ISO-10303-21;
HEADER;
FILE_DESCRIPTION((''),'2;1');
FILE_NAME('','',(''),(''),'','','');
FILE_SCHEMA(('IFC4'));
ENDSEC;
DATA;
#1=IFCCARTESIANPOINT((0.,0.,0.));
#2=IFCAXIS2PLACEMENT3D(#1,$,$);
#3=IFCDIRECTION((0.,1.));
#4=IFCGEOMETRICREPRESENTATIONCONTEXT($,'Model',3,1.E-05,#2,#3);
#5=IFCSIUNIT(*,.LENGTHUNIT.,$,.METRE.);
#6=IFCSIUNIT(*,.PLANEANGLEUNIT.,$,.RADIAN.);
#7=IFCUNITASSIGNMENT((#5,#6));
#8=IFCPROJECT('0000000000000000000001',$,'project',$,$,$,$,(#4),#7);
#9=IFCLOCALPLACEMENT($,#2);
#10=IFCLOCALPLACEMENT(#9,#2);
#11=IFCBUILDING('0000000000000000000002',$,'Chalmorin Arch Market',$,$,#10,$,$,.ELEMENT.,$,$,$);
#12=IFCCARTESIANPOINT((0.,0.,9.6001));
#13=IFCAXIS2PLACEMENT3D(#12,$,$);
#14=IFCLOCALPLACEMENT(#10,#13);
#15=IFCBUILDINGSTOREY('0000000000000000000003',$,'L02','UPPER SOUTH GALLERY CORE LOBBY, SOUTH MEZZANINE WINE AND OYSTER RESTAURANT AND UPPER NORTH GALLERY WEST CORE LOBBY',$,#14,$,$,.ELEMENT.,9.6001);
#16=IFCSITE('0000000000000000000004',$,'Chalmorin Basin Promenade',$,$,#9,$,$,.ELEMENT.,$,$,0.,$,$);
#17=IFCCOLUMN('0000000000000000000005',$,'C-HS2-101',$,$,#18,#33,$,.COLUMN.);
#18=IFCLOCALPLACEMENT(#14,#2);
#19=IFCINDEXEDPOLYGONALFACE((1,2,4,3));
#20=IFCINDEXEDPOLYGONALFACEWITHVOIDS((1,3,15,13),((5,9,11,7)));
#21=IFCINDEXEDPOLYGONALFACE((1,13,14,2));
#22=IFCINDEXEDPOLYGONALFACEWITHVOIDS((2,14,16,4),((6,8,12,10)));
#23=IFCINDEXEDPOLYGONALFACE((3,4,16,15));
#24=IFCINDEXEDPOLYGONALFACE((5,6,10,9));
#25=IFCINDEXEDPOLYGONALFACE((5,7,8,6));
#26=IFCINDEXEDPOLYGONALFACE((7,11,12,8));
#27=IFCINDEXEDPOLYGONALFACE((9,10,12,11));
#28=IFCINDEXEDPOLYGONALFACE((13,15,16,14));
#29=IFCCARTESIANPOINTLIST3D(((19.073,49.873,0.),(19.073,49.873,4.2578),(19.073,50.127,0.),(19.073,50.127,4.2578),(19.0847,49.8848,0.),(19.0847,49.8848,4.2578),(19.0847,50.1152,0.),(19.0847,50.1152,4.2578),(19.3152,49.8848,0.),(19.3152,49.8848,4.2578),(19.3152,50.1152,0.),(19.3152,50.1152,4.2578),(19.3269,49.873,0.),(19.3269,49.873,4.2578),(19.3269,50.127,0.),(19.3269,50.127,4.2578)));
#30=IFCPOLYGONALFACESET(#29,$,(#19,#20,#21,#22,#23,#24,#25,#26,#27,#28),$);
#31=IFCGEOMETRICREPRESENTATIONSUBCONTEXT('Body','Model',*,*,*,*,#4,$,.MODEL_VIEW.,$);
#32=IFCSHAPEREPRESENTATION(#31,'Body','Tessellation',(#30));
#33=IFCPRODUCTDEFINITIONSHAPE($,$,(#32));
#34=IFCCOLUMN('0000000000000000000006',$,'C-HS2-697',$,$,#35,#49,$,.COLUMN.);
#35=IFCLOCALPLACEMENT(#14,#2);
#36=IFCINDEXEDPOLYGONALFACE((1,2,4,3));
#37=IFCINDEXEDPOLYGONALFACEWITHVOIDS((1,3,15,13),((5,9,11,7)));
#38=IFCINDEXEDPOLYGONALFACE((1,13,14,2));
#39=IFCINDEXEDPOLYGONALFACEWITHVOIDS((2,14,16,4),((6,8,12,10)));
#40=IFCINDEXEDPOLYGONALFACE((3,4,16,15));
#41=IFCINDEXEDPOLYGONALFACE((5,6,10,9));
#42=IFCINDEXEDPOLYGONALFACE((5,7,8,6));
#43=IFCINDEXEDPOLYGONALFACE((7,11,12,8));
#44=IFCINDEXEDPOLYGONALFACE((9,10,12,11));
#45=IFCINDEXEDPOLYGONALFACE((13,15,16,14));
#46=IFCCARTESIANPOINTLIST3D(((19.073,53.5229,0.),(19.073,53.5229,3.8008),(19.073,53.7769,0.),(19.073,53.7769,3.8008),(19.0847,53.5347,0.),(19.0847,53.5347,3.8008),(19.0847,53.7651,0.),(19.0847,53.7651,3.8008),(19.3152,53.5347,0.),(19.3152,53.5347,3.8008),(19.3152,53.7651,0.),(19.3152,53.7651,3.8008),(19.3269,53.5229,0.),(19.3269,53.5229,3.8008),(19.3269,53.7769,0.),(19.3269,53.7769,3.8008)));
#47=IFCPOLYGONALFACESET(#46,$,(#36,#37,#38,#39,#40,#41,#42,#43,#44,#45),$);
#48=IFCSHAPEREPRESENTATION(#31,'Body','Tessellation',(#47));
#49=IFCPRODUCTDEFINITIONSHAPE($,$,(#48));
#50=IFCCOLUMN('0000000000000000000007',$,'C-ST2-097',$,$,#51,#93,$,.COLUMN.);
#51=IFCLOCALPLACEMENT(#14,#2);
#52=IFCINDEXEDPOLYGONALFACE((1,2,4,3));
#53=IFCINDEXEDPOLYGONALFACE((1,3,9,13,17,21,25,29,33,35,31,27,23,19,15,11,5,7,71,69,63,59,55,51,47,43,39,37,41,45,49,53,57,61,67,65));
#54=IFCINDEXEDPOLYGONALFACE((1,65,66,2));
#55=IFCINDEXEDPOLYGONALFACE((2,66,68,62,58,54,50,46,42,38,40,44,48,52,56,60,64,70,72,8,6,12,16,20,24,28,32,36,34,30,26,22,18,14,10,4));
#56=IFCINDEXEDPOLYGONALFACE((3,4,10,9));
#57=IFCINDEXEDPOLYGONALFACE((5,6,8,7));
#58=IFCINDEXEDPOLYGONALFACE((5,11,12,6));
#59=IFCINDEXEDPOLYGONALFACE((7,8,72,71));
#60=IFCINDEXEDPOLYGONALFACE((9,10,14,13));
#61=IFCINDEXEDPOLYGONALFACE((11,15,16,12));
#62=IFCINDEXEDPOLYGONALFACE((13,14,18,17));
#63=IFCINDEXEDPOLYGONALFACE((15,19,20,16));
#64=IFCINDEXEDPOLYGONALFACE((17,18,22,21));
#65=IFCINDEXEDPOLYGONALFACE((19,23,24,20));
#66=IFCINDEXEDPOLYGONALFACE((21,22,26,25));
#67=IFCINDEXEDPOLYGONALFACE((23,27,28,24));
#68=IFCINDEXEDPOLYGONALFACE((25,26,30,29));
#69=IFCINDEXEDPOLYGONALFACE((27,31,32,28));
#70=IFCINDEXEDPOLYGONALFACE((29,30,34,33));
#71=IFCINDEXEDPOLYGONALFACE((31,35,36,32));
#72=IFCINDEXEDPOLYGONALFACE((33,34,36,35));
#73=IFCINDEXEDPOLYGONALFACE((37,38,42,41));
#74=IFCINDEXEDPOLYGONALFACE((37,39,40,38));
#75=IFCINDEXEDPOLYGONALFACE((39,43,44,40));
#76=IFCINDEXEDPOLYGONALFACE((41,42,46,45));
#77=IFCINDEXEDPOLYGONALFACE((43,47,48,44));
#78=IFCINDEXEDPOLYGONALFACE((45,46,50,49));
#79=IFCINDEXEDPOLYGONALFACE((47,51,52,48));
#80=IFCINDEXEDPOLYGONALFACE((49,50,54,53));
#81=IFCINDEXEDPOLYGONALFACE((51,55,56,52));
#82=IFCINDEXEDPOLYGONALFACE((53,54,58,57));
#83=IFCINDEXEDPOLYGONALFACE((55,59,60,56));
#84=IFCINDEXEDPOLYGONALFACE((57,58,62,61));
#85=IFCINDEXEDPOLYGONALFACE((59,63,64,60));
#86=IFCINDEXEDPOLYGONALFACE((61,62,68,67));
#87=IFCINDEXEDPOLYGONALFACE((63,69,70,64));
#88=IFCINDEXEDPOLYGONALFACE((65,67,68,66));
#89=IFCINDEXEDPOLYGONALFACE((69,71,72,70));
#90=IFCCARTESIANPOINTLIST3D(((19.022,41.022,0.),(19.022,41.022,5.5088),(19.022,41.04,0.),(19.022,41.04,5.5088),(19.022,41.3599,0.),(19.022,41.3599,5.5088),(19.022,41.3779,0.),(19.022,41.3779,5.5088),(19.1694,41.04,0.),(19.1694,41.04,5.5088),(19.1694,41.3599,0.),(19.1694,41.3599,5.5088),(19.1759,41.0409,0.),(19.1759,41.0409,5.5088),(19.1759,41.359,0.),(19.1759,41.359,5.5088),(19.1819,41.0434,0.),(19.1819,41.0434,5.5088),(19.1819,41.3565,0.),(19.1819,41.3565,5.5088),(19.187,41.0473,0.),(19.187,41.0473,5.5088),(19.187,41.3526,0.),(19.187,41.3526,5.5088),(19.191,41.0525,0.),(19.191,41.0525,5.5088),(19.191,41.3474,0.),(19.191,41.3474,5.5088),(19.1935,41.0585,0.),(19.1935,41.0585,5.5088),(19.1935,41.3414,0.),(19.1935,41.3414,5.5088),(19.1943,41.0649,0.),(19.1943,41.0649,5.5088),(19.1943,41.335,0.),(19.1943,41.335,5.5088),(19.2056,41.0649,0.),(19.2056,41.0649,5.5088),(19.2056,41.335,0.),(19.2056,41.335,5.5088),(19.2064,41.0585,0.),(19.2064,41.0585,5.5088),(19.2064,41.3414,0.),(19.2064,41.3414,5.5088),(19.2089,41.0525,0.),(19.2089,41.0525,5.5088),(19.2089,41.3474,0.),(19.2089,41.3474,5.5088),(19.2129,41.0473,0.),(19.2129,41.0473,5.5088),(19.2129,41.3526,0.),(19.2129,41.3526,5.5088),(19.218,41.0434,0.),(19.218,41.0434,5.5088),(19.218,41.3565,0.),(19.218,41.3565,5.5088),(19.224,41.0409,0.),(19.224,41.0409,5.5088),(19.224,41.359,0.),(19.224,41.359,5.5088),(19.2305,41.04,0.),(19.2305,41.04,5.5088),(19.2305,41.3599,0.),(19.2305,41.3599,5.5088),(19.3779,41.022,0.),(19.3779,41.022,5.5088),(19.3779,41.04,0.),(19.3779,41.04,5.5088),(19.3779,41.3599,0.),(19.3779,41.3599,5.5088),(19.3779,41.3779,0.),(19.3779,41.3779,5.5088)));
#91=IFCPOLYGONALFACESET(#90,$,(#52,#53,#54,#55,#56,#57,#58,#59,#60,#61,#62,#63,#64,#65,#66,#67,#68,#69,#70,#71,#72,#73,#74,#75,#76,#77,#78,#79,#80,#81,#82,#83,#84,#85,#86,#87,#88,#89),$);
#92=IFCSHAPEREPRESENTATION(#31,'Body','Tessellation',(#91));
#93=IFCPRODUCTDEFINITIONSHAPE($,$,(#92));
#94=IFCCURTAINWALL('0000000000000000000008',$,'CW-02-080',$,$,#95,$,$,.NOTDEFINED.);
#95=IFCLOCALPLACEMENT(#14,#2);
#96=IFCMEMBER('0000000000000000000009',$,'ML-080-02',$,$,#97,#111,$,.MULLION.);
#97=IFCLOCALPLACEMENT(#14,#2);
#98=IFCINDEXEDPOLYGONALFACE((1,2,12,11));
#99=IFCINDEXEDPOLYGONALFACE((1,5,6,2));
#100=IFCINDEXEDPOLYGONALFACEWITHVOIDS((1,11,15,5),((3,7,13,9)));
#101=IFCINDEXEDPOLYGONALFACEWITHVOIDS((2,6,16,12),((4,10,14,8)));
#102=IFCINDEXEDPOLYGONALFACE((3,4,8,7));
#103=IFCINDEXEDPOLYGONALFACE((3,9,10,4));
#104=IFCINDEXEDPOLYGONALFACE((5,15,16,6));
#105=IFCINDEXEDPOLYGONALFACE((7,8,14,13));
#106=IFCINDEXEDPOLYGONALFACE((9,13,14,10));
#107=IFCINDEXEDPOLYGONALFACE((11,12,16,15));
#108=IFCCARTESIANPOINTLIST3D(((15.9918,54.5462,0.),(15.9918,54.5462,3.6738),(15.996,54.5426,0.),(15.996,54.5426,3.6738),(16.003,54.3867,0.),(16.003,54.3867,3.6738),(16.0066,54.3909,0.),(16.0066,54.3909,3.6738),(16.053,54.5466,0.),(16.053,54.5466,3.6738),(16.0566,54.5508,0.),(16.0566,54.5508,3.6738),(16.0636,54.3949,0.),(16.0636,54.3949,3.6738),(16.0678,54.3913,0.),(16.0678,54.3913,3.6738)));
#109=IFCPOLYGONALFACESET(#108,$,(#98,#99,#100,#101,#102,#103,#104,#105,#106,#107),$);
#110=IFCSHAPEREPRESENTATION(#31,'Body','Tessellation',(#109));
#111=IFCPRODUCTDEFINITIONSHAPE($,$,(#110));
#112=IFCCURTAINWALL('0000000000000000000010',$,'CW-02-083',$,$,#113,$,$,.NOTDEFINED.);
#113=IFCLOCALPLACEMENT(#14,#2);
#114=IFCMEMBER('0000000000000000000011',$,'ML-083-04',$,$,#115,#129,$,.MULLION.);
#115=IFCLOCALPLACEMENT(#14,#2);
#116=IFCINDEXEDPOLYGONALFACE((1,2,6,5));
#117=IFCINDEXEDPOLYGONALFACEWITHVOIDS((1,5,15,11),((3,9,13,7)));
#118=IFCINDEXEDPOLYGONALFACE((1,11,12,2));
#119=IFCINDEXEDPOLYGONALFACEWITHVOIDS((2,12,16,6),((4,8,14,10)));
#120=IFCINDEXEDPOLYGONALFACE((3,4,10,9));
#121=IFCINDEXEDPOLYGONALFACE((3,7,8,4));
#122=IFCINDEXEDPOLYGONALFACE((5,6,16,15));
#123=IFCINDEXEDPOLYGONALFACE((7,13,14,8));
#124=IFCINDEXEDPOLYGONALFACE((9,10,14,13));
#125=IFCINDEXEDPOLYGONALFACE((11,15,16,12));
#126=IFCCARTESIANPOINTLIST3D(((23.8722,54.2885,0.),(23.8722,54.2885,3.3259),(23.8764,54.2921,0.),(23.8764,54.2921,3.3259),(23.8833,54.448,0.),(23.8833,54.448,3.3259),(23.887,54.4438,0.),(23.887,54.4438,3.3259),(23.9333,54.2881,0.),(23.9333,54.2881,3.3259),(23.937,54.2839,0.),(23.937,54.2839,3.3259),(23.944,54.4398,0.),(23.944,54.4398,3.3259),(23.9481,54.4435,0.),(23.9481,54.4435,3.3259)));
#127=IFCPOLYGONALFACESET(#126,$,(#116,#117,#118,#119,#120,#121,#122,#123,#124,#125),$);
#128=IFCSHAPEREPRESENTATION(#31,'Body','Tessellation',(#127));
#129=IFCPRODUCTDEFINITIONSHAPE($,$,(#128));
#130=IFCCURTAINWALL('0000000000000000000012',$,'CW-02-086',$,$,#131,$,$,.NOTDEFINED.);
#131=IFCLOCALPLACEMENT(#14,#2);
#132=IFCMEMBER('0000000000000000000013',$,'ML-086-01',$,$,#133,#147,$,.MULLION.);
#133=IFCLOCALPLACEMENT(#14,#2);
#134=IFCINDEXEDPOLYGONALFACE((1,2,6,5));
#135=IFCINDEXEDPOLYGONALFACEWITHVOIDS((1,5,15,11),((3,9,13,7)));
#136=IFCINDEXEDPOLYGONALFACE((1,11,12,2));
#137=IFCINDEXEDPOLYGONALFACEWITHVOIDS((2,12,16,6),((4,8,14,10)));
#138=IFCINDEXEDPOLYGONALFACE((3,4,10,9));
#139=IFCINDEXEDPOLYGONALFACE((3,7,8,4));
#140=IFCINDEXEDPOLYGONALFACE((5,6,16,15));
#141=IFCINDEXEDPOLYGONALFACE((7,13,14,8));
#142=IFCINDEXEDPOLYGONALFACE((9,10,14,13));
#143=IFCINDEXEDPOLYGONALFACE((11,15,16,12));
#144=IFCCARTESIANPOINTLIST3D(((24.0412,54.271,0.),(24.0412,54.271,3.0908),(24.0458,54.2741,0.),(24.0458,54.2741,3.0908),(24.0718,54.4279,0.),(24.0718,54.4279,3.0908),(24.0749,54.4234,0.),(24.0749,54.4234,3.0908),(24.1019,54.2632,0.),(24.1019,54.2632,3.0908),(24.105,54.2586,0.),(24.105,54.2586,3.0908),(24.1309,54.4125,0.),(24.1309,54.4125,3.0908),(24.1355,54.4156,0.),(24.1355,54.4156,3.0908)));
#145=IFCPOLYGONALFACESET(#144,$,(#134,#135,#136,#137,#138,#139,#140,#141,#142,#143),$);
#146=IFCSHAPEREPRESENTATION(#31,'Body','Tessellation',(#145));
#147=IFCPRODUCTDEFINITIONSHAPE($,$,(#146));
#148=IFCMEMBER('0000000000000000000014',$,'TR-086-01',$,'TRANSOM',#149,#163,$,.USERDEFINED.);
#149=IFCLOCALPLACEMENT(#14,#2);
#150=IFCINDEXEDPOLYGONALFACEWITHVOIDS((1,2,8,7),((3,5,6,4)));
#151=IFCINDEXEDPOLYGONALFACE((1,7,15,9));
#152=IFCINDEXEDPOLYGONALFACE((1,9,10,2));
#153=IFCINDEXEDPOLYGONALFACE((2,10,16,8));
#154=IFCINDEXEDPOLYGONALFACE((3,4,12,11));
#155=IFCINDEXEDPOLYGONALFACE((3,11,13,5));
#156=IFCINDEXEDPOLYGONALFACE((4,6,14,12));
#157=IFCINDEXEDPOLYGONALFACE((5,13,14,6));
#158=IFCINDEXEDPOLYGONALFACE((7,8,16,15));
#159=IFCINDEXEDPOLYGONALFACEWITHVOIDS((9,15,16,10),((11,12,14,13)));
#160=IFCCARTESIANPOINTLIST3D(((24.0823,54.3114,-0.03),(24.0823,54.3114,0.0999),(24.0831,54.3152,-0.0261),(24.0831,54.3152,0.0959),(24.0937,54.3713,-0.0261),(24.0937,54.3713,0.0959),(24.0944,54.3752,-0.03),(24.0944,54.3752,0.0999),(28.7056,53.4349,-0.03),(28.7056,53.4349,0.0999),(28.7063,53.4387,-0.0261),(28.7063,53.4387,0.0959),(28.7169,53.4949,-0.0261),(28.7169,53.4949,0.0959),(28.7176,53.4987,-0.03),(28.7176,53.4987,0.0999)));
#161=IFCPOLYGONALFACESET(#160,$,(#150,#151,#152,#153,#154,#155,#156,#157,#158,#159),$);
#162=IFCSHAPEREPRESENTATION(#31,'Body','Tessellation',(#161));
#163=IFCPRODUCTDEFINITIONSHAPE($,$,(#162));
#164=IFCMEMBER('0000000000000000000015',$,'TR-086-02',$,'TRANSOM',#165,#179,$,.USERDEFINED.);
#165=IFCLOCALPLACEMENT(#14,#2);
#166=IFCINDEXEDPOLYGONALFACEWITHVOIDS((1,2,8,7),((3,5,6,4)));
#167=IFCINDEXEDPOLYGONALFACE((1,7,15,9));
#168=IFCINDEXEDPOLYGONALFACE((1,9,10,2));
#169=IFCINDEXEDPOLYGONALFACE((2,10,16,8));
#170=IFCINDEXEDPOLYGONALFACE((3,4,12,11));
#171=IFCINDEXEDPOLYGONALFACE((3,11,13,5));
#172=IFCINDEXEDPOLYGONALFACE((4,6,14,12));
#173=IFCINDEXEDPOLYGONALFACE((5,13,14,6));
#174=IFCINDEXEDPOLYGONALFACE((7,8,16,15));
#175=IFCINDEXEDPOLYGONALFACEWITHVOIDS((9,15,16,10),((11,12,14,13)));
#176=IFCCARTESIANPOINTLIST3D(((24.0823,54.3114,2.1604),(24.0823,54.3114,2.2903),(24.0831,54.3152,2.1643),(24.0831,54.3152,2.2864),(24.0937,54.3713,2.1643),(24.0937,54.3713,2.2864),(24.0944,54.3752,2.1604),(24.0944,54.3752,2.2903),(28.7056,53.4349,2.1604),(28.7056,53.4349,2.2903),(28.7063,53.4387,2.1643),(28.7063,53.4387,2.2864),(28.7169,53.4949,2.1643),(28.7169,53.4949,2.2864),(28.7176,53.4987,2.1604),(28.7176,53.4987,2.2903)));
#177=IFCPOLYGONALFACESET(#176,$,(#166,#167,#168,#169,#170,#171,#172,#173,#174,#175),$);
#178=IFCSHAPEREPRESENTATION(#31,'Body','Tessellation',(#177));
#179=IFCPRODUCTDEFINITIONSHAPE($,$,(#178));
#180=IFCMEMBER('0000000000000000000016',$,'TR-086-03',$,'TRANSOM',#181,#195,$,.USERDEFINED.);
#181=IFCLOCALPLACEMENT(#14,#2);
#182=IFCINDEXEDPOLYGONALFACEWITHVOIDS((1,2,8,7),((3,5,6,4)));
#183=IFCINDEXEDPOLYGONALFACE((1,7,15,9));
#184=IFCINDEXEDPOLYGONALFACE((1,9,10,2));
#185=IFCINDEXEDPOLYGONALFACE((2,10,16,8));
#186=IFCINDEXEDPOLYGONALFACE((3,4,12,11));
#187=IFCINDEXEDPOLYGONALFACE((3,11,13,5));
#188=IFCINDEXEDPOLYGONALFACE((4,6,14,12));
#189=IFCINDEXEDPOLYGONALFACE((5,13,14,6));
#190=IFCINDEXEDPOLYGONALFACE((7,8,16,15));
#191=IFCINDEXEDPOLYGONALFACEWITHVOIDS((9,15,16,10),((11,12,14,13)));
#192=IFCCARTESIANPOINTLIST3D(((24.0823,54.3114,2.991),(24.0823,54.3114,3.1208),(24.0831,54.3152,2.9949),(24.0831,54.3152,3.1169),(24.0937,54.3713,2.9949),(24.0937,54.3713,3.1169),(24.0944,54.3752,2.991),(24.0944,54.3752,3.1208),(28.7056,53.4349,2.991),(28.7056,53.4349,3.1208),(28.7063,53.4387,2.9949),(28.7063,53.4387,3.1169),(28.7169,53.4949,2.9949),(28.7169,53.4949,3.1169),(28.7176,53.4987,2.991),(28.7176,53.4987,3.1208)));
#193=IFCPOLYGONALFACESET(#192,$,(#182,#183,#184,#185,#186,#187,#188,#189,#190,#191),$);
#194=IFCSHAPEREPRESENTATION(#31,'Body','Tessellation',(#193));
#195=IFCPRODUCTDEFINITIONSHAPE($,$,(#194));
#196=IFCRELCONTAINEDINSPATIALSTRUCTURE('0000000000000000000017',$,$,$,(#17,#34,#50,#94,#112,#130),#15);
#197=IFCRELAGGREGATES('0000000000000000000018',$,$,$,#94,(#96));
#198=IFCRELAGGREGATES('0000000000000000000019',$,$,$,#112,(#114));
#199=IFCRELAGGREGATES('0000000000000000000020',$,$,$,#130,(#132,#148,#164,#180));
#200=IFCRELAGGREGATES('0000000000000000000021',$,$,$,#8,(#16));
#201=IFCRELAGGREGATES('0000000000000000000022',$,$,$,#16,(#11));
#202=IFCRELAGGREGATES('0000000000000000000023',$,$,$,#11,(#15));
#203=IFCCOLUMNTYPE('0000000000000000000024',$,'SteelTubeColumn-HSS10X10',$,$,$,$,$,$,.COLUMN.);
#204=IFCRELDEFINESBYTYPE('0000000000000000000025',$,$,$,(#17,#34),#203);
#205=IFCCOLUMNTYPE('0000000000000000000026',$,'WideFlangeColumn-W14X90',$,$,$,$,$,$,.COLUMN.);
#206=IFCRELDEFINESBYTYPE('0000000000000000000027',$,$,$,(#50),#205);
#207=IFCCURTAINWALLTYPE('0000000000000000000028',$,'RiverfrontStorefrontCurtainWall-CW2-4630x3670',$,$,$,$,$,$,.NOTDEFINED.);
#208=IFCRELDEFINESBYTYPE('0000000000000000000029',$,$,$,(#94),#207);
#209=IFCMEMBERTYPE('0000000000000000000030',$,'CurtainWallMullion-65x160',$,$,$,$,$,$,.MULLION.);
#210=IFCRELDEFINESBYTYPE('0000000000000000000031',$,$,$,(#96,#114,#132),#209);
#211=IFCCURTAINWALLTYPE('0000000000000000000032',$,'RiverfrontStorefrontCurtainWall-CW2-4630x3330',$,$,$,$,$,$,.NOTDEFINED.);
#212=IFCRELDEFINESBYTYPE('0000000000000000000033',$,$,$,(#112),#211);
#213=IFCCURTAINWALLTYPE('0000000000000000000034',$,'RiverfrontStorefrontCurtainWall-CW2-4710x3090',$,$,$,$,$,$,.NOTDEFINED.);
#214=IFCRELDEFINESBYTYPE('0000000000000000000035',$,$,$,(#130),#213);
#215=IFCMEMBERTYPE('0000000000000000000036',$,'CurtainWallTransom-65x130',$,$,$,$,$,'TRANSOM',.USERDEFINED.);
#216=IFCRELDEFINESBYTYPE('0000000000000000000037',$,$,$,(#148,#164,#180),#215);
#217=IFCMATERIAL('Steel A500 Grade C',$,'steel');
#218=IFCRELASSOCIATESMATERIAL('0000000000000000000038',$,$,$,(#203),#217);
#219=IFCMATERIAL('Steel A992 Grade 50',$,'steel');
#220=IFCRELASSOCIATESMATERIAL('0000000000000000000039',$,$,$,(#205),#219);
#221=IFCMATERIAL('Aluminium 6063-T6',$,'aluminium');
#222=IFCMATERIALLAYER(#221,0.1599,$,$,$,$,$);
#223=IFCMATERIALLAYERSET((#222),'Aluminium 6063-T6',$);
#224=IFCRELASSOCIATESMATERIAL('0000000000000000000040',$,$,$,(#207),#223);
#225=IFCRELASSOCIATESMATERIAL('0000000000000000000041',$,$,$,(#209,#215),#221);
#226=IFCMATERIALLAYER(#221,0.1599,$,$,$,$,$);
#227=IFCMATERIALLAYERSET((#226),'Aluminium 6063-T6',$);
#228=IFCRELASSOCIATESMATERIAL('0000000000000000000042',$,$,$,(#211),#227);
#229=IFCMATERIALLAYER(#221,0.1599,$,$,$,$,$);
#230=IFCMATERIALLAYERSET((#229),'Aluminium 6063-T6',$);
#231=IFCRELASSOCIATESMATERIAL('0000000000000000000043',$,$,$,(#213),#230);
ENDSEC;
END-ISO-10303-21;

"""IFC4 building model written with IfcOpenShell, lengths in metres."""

from ifc_helpers import new_model, si_unit, direction, frame, origin, origin_2d, place, context, subcontext, project, spatial, hollow_rectangle, i_section, extrude, material, layer, layer_set, material_profile, profile_set, type_object, element, aggregate, save


model = new_model("IFC4")

# Units and contexts
model_context = context("Model", 3, precision=1e-05, world=origin(), true_north=direction((0.0, 1.0)))
body_context = subcontext(model_context, "Body", "Model", "MODEL_VIEW")
ifc_project = project(units=[si_unit("LENGTHUNIT", "METRE"), si_unit("PLANEANGLEUNIT", "RADIAN")], contexts=[model_context])

# Site, building, storey
site_placement = place(None, origin())
site = spatial("IfcSite", under=ifc_project, at=site_placement, Name="Chalmorin Basin Promenade", CompositionType="ELEMENT", RefElevation=0.0)
building_placement = place(site_placement, origin())
building = spatial("IfcBuilding", under=site, at=building_placement, Name="Chalmorin Arch Market", CompositionType="ELEMENT")
storey_placement = place(building_placement, frame((0.0, 0.0, 9.6001)))
storey = spatial("IfcBuildingStorey", under=building, at=storey_placement, Name="L02", Description="UPPER SOUTH GALLERY CORE LOBBY, SOUTH MEZZANINE WINE AND OYSTER RESTAURANT AND UPPER NORTH GALLERY WEST CORE LOBBY", CompositionType="ELEMENT", Elevation=9.6001)

# Columns
ifc_material_1 = material(Name="Steel A500 Grade C", Category="steel")
ifc_material_profile_1 = material_profile(ifc_material_1, hollow_rectangle(XDim=0.2539, YDim=0.2539, WallThickness=0.0117, at=origin_2d()), Name="HSS10X10X1/2")
ifc_profile_set_1 = profile_set([ifc_material_profile_1], Name="Steel A500 Grade C")
column_type_1 = type_object("IfcColumnType", Name="SteelTubeColumn-HSS10X10", PredefinedType="COLUMN", material=ifc_profile_set_1)
column_1_placement = place(storey_placement, frame((19.2, 50.0, 0.0), z_axis=(0.0, 0.0, 1.0), x_axis=(1.0, 0.0, 0.0)))
element("IfcColumn", 1, at=column_1_placement, inside=storey, type_object=column_type_1, Name="C-HS2-101", PredefinedType="COLUMN", context=body_context, shape_type="SweptSolid", body=[
    extrude(hollow_rectangle(XDim=0.2539, YDim=0.2539, WallThickness=0.0117, at=origin_2d()), origin(), (0.0, 0.0, 1.0), 4.2578),
])
column_2_placement = place(storey_placement, frame((19.2, 53.6499, 0.0), z_axis=(0.0, 0.0, 1.0), x_axis=(1.0, 0.0, 0.0)))
element("IfcColumn", 2, at=column_2_placement, inside=storey, type_object=column_type_1, Name="C-HS2-697", PredefinedType="COLUMN", context=body_context, shape_type="SweptSolid", body=[
    extrude(hollow_rectangle(XDim=0.2539, YDim=0.2539, WallThickness=0.0117, at=origin_2d()), origin(), (0.0, 0.0, 1.0), 3.8008),
])
ifc_material_2 = material(Name="Steel A992 Grade 50", Category="steel")
ifc_material_profile_2 = material_profile(ifc_material_2, i_section(OverallWidth=0.356, OverallDepth=0.356, WebThickness=0.0112, FlangeThickness=0.0181, FilletRadius=0.0249, at=origin_2d()), Name="W14X90")
ifc_profile_set_2 = profile_set([ifc_material_profile_2], Name="Steel A992 Grade 50")
column_type_2 = type_object("IfcColumnType", Name="WideFlangeColumn-W14X90", PredefinedType="COLUMN", material=ifc_profile_set_2)
column_3_placement = place(storey_placement, frame((19.2, 41.2, 0.0), z_axis=(0.0, 0.0, 1.0), x_axis=(1.0, 0.0, 0.0)))
element("IfcColumn", 3, at=column_3_placement, inside=storey, type_object=column_type_2, Name="C-ST2-097", PredefinedType="COLUMN", context=body_context, shape_type="SweptSolid", body=[
    extrude(i_section(OverallWidth=0.356, OverallDepth=0.356, WebThickness=0.0112, FlangeThickness=0.0181, FilletRadius=0.0249, at=origin_2d()), origin(), (0.0, 0.0, 1.0), 5.5088),
])

# Curtain walls, members
ifc_material_3 = material(Name="Aluminium 6063-T6", Category="aluminium")
ifc_layer_1 = layer(ifc_material_3, 0.1599)
ifc_layer_set_1 = layer_set([ifc_layer_1], Name="Aluminium 6063-T6")
curtain_wall_type_1 = type_object("IfcCurtainWallType", Name="RiverfrontStorefrontCurtainWall-CW2-4630x3670", PredefinedType="NOTDEFINED", material=ifc_layer_set_1)
curtain_wall_1_placement = place(storey_placement, origin())
curtain_wall_1 = element("IfcCurtainWall", 4, at=curtain_wall_1_placement, inside=storey, type_object=curtain_wall_type_1, Name="CW-02-080", PredefinedType="NOTDEFINED")
ifc_material_profile_3 = material_profile(ifc_material_3, hollow_rectangle(XDim=0.0649, YDim=0.1599, WallThickness=0.0039, at=origin_2d()), Name="ALU65X160X4")
ifc_profile_set_3 = profile_set([ifc_material_profile_3], Name="Aluminium 6063-T6")
member_type_1 = type_object("IfcMemberType", Name="CurtainWallMullion-65x160", PredefinedType="MULLION", material=ifc_profile_set_3)
member_1_placement = place(storey_placement, frame((16.0298, 54.4688, 0.0), z_axis=(0.0, 0.0, 1.0), x_axis=(0.997564, 0.069756, 0.0)))
member_1 = element("IfcMember", 5, at=member_1_placement, type_object=member_type_1, Name="ML-080-02", PredefinedType="MULLION", context=body_context, shape_type="SweptSolid", body=[
    extrude(hollow_rectangle(XDim=0.0649, YDim=0.1599, WallThickness=0.0039, at=origin_2d()), origin(), (0.0, 0.0, 1.0), 3.6738),
])
ifc_layer_2 = layer(ifc_material_3, 0.1599)
ifc_layer_set_2 = layer_set([ifc_layer_2], Name="Aluminium 6063-T6")
curtain_wall_type_2 = type_object("IfcCurtainWallType", Name="RiverfrontStorefrontCurtainWall-CW2-4630x3330", PredefinedType="NOTDEFINED", material=ifc_layer_set_2)
curtain_wall_2_placement = place(storey_placement, origin())
curtain_wall_2 = element("IfcCurtainWall", 6, at=curtain_wall_2_placement, inside=storey, type_object=curtain_wall_type_2, Name="CW-02-083", PredefinedType="NOTDEFINED")
member_2_placement = place(storey_placement, frame((23.9102, 54.366, 0.0), z_axis=(0.0, 0.0, 1.0), x_axis=(0.997564, -0.069756, 0.0)))
member_2 = element("IfcMember", 7, at=member_2_placement, type_object=member_type_1, Name="ML-083-04", PredefinedType="MULLION", context=body_context, shape_type="SweptSolid", body=[
    extrude(hollow_rectangle(XDim=0.0649, YDim=0.1599, WallThickness=0.0039, at=origin_2d()), origin(), (0.0, 0.0, 1.0), 3.3259),
])

# Curtain wall, members
ifc_layer_3 = layer(ifc_material_3, 0.1599)
ifc_layer_set_3 = layer_set([ifc_layer_3], Name="Aluminium 6063-T6")
curtain_wall_type_3 = type_object("IfcCurtainWallType", Name="RiverfrontStorefrontCurtainWall-CW2-4710x3090", PredefinedType="NOTDEFINED", material=ifc_layer_set_3)
curtain_wall_3_placement = place(storey_placement, origin())
curtain_wall_3 = element("IfcCurtainWall", 8, at=curtain_wall_3_placement, inside=storey, type_object=curtain_wall_type_3, Name="CW-02-086", PredefinedType="NOTDEFINED")
member_3_placement = place(storey_placement, frame((24.0884, 54.3433, 0.0), z_axis=(0.0, 0.0, 1.0), x_axis=(0.981627, -0.190809, 0.0)))
member_3 = element("IfcMember", 9, at=member_3_placement, type_object=member_type_1, Name="ML-086-01", PredefinedType="MULLION", context=body_context, shape_type="SweptSolid", body=[
    extrude(hollow_rectangle(XDim=0.0649, YDim=0.1599, WallThickness=0.0039, at=origin_2d()), origin(), (0.0, 0.0, 1.0), 3.0908),
])
ifc_material_profile_4 = material_profile(ifc_material_3, hollow_rectangle(XDim=0.0649, YDim=0.1299, WallThickness=0.0039, at=origin_2d()), Name="ALU65X130X4")
ifc_profile_set_4 = profile_set([ifc_material_profile_4], Name="Aluminium 6063-T6")
member_type_2 = type_object("IfcMemberType", Name="CurtainWallTransom-65x130", ElementType="TRANSOM", PredefinedType="USERDEFINED", material=ifc_profile_set_4)
member_4_placement = place(storey_placement, frame((24.0884, 54.3433, 0.0349), z_axis=(0.982501, -0.186259, 0.0), x_axis=(0.186259, 0.982501, 0.0)))
member_4 = element("IfcMember", 10, at=member_4_placement, type_object=member_type_2, Name="TR-086-01", ObjectType="TRANSOM", PredefinedType="USERDEFINED", context=body_context, shape_type="SweptSolid", body=[
    extrude(hollow_rectangle(XDim=0.0649, YDim=0.1299, WallThickness=0.0039, at=origin_2d()), origin(), (0.0, 0.0, 1.0), 4.7056),
])
member_5_placement = place(storey_placement, frame((24.0884, 54.3433, 2.2253), z_axis=(0.982501, -0.186259, 0.0), x_axis=(0.186259, 0.982501, 0.0)))
member_5 = element("IfcMember", 11, at=member_5_placement, type_object=member_type_2, Name="TR-086-02", ObjectType="TRANSOM", PredefinedType="USERDEFINED", context=body_context, shape_type="SweptSolid", body=[
    extrude(hollow_rectangle(XDim=0.0649, YDim=0.1299, WallThickness=0.0039, at=origin_2d()), origin(), (0.0, 0.0, 1.0), 4.7056),
])
member_6_placement = place(storey_placement, frame((24.0884, 54.3433, 3.0559), z_axis=(0.982501, -0.186259, 0.0), x_axis=(0.186259, 0.982501, 0.0)))
member_6 = element("IfcMember", 12, at=member_6_placement, type_object=member_type_2, Name="TR-086-03", ObjectType="TRANSOM", PredefinedType="USERDEFINED", context=body_context, shape_type="SweptSolid", body=[
    extrude(hollow_rectangle(XDim=0.0649, YDim=0.1299, WallThickness=0.0039, at=origin_2d()), origin(), (0.0, 0.0, 1.0), 4.7056),
])

aggregate(curtain_wall_1, [member_1])
aggregate(curtain_wall_2, [member_2])
aggregate(curtain_wall_3, [member_3, member_4, member_5, member_6])

save(model, "model.ifc")
